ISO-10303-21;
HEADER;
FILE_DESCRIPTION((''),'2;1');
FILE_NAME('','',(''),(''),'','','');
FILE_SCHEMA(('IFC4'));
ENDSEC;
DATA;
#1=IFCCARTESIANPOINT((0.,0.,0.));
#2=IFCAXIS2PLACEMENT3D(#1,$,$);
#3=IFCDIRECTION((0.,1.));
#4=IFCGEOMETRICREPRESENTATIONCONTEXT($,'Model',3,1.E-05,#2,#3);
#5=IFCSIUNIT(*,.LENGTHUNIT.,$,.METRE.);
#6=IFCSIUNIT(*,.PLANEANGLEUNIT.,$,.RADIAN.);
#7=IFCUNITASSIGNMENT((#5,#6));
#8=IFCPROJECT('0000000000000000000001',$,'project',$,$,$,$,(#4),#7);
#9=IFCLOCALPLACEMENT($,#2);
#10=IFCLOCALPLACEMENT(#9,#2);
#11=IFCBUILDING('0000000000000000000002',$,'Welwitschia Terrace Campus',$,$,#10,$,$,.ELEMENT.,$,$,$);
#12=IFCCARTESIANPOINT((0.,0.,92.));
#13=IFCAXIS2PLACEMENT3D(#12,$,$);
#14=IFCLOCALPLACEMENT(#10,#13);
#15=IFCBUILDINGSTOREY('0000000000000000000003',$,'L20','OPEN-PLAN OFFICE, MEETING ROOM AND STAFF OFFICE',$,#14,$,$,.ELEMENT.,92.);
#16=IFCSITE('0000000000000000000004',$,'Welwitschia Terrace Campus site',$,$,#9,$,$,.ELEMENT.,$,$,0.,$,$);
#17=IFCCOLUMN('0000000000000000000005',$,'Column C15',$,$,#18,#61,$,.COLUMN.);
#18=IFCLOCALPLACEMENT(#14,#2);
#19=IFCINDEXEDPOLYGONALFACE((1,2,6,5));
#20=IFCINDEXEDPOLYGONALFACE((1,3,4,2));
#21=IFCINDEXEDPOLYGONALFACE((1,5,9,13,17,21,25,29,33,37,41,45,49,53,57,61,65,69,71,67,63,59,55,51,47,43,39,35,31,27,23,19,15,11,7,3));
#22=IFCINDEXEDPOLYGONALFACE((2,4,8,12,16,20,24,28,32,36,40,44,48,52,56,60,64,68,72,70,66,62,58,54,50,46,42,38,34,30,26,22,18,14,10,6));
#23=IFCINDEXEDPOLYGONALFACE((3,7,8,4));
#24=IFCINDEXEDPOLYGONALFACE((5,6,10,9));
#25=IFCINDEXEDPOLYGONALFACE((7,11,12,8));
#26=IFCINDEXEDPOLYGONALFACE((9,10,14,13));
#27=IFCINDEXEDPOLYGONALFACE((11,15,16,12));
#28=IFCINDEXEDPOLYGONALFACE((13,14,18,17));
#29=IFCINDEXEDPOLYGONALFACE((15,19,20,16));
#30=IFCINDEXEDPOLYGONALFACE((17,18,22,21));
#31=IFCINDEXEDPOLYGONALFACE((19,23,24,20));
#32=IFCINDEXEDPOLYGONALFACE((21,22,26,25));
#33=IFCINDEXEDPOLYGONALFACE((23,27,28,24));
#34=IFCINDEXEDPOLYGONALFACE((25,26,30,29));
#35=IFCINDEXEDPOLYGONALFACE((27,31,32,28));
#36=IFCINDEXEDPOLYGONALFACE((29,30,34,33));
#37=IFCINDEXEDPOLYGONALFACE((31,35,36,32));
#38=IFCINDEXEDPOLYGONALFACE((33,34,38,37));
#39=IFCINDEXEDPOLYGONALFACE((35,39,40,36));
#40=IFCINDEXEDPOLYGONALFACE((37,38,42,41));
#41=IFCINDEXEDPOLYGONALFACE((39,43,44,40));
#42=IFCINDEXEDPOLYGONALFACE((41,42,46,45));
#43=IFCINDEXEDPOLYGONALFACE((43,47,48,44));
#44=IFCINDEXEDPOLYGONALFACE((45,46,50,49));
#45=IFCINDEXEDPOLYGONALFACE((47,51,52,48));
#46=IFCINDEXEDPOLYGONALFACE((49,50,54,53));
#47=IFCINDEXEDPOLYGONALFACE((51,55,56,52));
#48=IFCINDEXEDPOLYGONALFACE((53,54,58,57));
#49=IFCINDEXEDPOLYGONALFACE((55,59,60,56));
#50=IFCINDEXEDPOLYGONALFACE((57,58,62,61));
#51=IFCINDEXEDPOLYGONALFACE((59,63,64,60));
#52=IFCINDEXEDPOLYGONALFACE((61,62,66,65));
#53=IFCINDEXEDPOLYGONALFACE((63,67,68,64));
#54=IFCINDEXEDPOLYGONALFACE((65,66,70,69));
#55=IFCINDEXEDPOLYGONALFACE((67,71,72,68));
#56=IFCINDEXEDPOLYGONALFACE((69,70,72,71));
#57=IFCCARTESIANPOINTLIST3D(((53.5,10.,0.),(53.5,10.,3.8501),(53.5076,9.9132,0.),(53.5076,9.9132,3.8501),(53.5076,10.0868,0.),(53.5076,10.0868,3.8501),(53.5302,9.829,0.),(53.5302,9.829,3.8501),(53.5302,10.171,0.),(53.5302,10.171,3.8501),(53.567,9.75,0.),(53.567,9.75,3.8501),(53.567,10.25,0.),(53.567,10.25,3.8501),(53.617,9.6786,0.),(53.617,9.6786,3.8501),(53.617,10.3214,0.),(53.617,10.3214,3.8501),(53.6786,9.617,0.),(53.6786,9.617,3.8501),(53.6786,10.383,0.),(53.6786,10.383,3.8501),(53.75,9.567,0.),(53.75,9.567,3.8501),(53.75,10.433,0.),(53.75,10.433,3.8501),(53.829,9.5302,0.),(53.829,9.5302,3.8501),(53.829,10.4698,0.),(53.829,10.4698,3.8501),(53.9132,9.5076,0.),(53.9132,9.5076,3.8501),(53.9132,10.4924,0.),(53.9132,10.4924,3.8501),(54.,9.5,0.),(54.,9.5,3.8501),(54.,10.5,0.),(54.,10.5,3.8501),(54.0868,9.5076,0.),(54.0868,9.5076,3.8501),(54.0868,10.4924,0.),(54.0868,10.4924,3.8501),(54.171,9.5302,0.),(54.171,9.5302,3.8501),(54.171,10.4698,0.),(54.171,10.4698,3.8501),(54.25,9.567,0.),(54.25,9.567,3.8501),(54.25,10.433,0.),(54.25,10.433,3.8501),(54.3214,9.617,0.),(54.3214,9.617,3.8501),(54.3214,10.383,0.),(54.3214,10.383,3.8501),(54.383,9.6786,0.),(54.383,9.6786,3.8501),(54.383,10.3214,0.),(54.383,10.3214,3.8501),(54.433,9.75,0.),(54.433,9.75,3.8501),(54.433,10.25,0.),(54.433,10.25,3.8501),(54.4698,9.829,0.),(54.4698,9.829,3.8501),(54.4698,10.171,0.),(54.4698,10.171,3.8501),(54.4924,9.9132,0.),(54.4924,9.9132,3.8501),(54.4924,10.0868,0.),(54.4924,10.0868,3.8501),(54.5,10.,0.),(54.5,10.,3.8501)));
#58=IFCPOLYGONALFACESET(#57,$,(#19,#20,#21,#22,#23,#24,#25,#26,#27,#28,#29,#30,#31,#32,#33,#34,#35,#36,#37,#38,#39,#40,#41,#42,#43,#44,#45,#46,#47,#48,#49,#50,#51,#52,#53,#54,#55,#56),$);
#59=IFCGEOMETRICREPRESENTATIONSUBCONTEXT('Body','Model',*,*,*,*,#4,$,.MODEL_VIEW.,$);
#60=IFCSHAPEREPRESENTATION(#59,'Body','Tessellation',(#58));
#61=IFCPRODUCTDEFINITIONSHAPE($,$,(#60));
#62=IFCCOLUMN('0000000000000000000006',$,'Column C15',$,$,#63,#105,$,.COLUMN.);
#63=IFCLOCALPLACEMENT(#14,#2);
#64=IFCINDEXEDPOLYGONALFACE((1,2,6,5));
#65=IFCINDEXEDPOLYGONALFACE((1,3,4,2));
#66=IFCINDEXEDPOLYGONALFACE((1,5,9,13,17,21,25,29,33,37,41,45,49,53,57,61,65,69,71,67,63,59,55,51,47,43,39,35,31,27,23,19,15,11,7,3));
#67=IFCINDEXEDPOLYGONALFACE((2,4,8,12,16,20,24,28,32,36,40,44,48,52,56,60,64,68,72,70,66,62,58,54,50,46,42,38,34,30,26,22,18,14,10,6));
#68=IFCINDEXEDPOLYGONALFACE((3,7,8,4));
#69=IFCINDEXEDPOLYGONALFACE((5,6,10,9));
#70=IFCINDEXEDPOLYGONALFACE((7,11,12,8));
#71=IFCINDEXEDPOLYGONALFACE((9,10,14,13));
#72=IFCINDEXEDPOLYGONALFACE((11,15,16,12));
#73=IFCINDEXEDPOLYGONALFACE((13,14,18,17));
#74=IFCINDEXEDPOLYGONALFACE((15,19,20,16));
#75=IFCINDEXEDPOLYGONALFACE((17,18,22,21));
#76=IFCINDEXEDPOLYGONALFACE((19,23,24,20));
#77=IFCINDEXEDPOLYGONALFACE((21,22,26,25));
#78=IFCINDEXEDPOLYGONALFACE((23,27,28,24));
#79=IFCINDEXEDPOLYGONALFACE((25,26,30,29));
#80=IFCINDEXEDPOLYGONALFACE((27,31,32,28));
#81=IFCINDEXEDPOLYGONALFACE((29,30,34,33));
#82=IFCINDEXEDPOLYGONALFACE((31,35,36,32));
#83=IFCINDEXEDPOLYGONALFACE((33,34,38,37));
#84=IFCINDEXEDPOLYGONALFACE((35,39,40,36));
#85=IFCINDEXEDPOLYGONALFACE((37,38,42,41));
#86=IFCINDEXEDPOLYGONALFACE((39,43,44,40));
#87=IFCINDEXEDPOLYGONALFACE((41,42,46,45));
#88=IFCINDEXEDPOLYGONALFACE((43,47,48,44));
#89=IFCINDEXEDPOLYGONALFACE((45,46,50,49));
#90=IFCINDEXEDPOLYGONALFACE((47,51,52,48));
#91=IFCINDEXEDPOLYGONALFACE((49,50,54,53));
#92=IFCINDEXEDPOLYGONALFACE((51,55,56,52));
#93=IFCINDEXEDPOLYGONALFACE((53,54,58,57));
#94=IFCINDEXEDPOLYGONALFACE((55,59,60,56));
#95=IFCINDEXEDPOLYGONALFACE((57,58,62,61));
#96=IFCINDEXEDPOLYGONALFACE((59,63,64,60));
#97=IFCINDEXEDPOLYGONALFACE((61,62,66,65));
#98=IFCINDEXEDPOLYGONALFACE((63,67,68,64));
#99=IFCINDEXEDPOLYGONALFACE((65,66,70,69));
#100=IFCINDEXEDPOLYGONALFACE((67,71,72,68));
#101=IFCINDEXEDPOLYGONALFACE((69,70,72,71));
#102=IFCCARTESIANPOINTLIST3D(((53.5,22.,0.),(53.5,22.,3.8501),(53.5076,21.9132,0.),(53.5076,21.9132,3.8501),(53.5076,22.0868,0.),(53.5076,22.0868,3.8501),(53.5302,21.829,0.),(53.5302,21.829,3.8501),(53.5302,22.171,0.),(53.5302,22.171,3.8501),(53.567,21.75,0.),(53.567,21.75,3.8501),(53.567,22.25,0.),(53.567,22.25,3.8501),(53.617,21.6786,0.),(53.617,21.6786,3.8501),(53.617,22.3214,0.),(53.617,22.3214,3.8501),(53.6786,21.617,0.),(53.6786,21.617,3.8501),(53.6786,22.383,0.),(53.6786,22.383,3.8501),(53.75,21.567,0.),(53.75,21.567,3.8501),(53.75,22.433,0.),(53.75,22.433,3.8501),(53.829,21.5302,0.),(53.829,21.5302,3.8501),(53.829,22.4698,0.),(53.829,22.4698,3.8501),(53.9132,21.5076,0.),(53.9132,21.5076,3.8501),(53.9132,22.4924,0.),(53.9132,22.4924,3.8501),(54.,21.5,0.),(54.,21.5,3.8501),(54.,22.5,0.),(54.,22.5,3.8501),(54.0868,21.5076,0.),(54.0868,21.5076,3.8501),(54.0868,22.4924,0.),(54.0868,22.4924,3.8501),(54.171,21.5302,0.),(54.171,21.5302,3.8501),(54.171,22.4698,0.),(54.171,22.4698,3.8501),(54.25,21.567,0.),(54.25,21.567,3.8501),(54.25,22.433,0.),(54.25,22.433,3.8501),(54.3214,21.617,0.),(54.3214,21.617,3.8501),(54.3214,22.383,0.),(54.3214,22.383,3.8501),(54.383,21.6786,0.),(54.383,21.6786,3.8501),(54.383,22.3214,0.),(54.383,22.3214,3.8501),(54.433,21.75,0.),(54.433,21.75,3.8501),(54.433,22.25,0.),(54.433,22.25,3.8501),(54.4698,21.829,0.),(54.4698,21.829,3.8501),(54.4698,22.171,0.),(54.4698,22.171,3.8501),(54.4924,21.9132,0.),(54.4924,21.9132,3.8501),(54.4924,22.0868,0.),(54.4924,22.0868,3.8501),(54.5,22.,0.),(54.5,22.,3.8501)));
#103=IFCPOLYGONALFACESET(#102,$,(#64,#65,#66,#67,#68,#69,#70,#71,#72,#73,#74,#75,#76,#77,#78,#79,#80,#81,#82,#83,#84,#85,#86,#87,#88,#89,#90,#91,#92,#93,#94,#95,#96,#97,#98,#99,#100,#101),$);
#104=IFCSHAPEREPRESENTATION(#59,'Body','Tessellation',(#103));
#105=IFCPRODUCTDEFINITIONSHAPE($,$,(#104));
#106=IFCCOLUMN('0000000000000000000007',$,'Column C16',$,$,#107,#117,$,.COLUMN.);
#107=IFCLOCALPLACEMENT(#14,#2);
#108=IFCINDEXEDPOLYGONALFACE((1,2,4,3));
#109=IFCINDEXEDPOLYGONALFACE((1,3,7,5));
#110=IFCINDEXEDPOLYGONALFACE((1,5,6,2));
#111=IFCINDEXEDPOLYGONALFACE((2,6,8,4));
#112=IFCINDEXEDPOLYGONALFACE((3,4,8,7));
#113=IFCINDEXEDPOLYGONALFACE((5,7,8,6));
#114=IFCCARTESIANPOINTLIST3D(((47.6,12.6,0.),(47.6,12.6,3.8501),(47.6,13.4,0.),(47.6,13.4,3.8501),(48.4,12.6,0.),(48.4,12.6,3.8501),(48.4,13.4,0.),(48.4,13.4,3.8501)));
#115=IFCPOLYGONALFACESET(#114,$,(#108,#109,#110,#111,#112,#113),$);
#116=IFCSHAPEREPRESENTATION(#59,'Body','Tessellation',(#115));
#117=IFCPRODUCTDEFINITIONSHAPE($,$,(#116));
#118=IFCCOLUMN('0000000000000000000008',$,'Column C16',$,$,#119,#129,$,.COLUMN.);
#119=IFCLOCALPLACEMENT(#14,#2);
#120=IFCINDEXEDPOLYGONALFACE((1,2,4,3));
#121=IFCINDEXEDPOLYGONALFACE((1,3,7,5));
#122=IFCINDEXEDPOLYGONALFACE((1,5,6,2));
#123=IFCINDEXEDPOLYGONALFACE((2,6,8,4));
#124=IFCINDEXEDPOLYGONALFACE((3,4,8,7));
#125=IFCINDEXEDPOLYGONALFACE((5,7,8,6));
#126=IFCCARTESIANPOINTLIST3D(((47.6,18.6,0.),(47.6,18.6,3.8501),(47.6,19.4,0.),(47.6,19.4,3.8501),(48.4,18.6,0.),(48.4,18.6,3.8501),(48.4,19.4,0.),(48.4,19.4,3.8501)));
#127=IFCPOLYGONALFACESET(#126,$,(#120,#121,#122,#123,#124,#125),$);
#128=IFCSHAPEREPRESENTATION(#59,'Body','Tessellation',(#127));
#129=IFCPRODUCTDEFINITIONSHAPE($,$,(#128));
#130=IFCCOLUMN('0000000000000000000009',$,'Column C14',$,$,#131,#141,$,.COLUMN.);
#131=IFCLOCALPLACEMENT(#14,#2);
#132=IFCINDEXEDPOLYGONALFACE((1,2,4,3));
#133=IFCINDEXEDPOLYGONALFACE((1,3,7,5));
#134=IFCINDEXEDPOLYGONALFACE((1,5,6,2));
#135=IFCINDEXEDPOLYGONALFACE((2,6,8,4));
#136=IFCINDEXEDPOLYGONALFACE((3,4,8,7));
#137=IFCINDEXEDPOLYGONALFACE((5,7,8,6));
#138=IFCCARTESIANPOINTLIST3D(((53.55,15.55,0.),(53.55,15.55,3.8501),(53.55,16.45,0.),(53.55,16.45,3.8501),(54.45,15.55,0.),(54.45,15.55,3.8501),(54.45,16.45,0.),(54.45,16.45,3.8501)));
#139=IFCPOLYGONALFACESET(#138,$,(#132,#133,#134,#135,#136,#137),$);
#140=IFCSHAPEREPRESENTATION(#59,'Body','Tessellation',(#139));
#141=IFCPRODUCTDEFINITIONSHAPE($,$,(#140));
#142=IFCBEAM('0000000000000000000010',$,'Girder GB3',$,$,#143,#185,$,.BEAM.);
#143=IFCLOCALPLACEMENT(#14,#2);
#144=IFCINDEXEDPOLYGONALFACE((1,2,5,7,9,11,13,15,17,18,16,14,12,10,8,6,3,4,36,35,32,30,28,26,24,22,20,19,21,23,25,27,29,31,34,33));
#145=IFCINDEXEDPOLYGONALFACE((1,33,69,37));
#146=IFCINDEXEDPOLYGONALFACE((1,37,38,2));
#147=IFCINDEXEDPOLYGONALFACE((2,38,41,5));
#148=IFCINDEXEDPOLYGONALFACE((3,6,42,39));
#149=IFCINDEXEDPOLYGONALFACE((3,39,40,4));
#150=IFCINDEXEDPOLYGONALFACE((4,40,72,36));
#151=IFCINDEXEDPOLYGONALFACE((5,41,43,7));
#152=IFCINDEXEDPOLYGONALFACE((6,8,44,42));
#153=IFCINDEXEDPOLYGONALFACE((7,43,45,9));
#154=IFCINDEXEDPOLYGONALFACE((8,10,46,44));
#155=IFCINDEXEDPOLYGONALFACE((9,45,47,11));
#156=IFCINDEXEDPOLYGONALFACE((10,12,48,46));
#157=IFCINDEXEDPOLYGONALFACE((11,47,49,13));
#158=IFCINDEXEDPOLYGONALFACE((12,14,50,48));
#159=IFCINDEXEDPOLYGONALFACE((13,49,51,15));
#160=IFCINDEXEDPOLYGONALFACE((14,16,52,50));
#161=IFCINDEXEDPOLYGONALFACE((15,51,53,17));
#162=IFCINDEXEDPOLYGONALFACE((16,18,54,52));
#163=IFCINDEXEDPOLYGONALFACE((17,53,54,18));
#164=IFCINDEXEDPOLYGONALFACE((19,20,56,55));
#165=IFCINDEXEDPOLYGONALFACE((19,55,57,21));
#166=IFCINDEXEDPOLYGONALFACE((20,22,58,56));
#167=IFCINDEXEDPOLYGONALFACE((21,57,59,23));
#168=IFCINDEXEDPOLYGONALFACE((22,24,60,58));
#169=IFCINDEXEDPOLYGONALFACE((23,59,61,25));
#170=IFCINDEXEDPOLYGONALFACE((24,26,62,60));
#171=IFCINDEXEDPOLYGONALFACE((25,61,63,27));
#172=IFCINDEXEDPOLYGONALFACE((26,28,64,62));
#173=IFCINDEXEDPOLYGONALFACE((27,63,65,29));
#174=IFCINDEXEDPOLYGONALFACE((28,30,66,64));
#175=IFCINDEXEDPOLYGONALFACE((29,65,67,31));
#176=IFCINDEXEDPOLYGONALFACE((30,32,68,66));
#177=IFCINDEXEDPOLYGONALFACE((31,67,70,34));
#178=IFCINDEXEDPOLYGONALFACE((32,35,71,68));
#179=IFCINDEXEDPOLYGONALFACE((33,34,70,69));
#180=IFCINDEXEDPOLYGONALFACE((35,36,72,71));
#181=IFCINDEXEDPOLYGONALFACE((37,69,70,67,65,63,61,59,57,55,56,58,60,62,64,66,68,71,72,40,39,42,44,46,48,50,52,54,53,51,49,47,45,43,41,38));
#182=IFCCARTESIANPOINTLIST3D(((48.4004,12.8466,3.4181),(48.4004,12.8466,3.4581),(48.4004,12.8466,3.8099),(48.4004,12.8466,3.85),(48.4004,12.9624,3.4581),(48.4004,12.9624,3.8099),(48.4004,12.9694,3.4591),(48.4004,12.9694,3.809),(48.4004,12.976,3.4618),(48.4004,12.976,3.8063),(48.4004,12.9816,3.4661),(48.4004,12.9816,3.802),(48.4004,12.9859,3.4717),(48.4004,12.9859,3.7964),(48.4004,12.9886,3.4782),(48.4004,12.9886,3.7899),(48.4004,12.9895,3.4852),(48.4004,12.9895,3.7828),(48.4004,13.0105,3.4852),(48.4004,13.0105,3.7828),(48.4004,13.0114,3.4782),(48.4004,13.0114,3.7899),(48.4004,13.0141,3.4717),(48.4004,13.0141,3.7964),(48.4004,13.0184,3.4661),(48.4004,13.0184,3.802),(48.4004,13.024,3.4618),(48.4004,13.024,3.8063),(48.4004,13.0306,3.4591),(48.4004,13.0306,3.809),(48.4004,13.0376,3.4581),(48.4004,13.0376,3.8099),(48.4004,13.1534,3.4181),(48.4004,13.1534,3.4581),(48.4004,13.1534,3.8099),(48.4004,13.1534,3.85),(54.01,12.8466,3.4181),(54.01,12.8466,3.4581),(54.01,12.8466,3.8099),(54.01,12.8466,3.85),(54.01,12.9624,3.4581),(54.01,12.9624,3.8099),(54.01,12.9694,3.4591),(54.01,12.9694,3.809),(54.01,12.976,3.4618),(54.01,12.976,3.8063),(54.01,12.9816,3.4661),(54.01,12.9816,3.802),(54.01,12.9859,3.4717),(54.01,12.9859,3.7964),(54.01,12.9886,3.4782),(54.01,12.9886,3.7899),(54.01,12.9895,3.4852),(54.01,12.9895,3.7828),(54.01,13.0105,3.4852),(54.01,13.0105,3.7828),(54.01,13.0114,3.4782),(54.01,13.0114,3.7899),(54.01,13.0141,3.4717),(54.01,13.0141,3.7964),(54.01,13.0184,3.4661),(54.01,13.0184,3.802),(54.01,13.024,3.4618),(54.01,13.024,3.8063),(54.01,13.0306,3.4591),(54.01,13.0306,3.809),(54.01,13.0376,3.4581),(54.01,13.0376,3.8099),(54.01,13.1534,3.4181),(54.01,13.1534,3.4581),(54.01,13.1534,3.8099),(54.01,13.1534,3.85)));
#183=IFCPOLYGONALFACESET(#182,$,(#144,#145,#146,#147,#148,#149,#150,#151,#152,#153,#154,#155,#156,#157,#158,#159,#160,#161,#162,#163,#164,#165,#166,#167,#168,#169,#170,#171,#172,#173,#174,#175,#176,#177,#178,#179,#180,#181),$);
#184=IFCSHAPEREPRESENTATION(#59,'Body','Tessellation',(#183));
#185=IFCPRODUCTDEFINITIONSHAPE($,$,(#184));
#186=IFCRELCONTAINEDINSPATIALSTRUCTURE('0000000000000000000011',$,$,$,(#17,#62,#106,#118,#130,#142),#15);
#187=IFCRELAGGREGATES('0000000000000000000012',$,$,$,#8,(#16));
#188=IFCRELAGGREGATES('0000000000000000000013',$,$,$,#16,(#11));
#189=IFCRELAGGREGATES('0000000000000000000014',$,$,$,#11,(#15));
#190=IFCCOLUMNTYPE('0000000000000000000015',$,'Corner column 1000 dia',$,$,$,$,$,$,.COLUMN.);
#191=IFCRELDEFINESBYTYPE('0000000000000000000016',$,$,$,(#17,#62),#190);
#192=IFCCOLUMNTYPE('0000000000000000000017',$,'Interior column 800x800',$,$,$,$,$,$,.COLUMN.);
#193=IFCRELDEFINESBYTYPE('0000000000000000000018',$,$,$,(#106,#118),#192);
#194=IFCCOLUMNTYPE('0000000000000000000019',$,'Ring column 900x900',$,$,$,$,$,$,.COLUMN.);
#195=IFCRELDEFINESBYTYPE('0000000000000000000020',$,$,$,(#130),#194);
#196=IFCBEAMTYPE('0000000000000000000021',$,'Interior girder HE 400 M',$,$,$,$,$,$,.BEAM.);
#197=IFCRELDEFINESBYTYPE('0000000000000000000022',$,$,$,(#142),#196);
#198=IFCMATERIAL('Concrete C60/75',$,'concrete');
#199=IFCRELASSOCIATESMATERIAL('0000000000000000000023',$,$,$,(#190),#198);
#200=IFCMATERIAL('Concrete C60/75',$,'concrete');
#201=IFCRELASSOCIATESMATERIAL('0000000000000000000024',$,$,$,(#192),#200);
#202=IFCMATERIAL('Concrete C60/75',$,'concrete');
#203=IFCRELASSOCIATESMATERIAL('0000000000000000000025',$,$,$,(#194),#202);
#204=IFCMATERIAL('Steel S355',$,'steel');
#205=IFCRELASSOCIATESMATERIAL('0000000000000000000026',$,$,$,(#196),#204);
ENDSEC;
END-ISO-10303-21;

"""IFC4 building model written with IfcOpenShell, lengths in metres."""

from ifc_helpers import new_model, si_unit, direction, frame, origin, origin_2d, place, context, subcontext, project, spatial, rectangle, circle, i_section, extrude, material, material_profile, profile_set, type_object, element, save


model = new_model("IFC4")

# Units and contexts
model_context = context("Model", 3, precision=1e-05, world=origin(), true_north=direction((0.0, 1.0)))
body_context = subcontext(model_context, "Body", "Model", "MODEL_VIEW")
ifc_project = project(units=[si_unit("LENGTHUNIT", "METRE"), si_unit("PLANEANGLEUNIT", "RADIAN")], contexts=[model_context])

# Site, building, storey
site_placement = place(None, origin())
site = spatial("IfcSite", under=ifc_project, at=site_placement, Name="Welwitschia Terrace Campus site", CompositionType="ELEMENT", RefElevation=0.0)
building_placement = place(site_placement, origin())
building = spatial("IfcBuilding", under=site, at=building_placement, Name="Welwitschia Terrace Campus", CompositionType="ELEMENT")
storey_placement = place(building_placement, frame((0.0, 0.0, 92.0)))
storey = spatial("IfcBuildingStorey", under=building, at=storey_placement, Name="L20", Description="OPEN-PLAN OFFICE, MEETING ROOM AND STAFF OFFICE", CompositionType="ELEMENT", Elevation=92.0)

# Columns
ifc_material_1 = material(Name="Concrete C60/75", Category="concrete")
ifc_material_profile_1 = material_profile(ifc_material_1, circle(Radius=0.5, at=origin_2d()))
ifc_profile_set_1 = profile_set([ifc_material_profile_1], Name="Concrete C60/75")
column_type_1 = type_object("IfcColumnType", Name="Corner column 1000 dia", PredefinedType="COLUMN", material=ifc_profile_set_1)
for number, where, z_axis, x_axis, name in (
    (1, (54.0, 10.0, 0.0), (0.0, 0.0, 1.0), (1.0, 0.0, 0.0), "Column C15"),
    (2, (54.0, 22.0, 0.0), (0.0, 0.0, 1.0), (1.0, 0.0, 0.0), "Column C15"),
):
    element("IfcColumn", number, at=place(storey_placement, frame(where, z_axis=z_axis, x_axis=x_axis)), inside=storey, type_object=column_type_1, Name=name, PredefinedType="COLUMN", context=body_context, shape_type="SweptSolid", body=[
        extrude(circle(Radius=0.5, at=origin_2d()), origin(), (0.0, 0.0, 1.0), 3.8501),
    ])
ifc_material_2 = material(Name="Concrete C60/75", Category="concrete")
ifc_material_profile_2 = material_profile(ifc_material_2, rectangle(XDim=0.8, YDim=0.8, at=origin_2d()))
ifc_profile_set_2 = profile_set([ifc_material_profile_2], Name="Concrete C60/75")
column_type_2 = type_object("IfcColumnType", Name="Interior column 800x800", PredefinedType="COLUMN", material=ifc_profile_set_2)
for number, where, z_axis, x_axis, name in (
    (3, (48.0, 13.0, 0.0), (0.0, 0.0, 1.0), (1.0, 0.0, 0.0), "Column C16"),
    (4, (48.0, 19.0, 0.0), (0.0, 0.0, 1.0), (1.0, 0.0, 0.0), "Column C16"),
):
    element("IfcColumn", number, at=place(storey_placement, frame(where, z_axis=z_axis, x_axis=x_axis)), inside=storey, type_object=column_type_2, Name=name, PredefinedType="COLUMN", context=body_context, shape_type="SweptSolid", body=[
        extrude(rectangle(XDim=0.8, YDim=0.8, at=origin_2d()), origin(), (0.0, 0.0, 1.0), 3.8501),
    ])
ifc_material_3 = material(Name="Concrete C60/75", Category="concrete")
ifc_material_profile_3 = material_profile(ifc_material_3, rectangle(XDim=0.8999, YDim=0.8999, at=origin_2d()))
ifc_profile_set_3 = profile_set([ifc_material_profile_3], Name="Concrete C60/75")
column_type_3 = type_object("IfcColumnType", Name="Ring column 900x900", PredefinedType="COLUMN", material=ifc_profile_set_3)
column_placement = place(storey_placement, frame((54.0, 16.0, 0.0), z_axis=(0.0, 0.0, 1.0), x_axis=(1.0, 0.0, 0.0)))
element("IfcColumn", 5, at=column_placement, inside=storey, type_object=column_type_3, Name="Column C14", PredefinedType="COLUMN", context=body_context, shape_type="SweptSolid", body=[
    extrude(rectangle(XDim=0.8999, YDim=0.8999, at=origin_2d()), origin(), (0.0, 0.0, 1.0), 3.8501),
])

# Beam
ifc_material_4 = material(Name="Steel S355", Category="steel")
ifc_material_profile_4 = material_profile(ifc_material_4, i_section(OverallWidth=0.3069, OverallDepth=0.4319, WebThickness=0.021, FlangeThickness=0.04, FilletRadius=0.0271, at=origin_2d()))
ifc_profile_set_4 = profile_set([ifc_material_profile_4], Name="Steel S355")
beam_type_1 = type_object("IfcBeamType", Name="Interior girder HE 400 M", PredefinedType="BEAM", material=ifc_profile_set_4)
for number, where, z_axis, x_axis, name in (
    (6, (48.4004, 13.0, 3.634), (1.0, 0.0, 0.0), (0.0, 1.0, 0.0), "Girder GB3"),
):
    element("IfcBeam", number, at=place(storey_placement, frame(where, z_axis=z_axis, x_axis=x_axis)), inside=storey, type_object=beam_type_1, Name=name, PredefinedType="BEAM", context=body_context, shape_type="SweptSolid", body=[
        extrude(i_section(OverallWidth=0.3069, OverallDepth=0.4319, WebThickness=0.021, FlangeThickness=0.04, FilletRadius=0.0271, at=origin_2d()), origin(), (0.0, 0.0, 1.0), 5.6096),
    ])

save(model, "model.ifc")
